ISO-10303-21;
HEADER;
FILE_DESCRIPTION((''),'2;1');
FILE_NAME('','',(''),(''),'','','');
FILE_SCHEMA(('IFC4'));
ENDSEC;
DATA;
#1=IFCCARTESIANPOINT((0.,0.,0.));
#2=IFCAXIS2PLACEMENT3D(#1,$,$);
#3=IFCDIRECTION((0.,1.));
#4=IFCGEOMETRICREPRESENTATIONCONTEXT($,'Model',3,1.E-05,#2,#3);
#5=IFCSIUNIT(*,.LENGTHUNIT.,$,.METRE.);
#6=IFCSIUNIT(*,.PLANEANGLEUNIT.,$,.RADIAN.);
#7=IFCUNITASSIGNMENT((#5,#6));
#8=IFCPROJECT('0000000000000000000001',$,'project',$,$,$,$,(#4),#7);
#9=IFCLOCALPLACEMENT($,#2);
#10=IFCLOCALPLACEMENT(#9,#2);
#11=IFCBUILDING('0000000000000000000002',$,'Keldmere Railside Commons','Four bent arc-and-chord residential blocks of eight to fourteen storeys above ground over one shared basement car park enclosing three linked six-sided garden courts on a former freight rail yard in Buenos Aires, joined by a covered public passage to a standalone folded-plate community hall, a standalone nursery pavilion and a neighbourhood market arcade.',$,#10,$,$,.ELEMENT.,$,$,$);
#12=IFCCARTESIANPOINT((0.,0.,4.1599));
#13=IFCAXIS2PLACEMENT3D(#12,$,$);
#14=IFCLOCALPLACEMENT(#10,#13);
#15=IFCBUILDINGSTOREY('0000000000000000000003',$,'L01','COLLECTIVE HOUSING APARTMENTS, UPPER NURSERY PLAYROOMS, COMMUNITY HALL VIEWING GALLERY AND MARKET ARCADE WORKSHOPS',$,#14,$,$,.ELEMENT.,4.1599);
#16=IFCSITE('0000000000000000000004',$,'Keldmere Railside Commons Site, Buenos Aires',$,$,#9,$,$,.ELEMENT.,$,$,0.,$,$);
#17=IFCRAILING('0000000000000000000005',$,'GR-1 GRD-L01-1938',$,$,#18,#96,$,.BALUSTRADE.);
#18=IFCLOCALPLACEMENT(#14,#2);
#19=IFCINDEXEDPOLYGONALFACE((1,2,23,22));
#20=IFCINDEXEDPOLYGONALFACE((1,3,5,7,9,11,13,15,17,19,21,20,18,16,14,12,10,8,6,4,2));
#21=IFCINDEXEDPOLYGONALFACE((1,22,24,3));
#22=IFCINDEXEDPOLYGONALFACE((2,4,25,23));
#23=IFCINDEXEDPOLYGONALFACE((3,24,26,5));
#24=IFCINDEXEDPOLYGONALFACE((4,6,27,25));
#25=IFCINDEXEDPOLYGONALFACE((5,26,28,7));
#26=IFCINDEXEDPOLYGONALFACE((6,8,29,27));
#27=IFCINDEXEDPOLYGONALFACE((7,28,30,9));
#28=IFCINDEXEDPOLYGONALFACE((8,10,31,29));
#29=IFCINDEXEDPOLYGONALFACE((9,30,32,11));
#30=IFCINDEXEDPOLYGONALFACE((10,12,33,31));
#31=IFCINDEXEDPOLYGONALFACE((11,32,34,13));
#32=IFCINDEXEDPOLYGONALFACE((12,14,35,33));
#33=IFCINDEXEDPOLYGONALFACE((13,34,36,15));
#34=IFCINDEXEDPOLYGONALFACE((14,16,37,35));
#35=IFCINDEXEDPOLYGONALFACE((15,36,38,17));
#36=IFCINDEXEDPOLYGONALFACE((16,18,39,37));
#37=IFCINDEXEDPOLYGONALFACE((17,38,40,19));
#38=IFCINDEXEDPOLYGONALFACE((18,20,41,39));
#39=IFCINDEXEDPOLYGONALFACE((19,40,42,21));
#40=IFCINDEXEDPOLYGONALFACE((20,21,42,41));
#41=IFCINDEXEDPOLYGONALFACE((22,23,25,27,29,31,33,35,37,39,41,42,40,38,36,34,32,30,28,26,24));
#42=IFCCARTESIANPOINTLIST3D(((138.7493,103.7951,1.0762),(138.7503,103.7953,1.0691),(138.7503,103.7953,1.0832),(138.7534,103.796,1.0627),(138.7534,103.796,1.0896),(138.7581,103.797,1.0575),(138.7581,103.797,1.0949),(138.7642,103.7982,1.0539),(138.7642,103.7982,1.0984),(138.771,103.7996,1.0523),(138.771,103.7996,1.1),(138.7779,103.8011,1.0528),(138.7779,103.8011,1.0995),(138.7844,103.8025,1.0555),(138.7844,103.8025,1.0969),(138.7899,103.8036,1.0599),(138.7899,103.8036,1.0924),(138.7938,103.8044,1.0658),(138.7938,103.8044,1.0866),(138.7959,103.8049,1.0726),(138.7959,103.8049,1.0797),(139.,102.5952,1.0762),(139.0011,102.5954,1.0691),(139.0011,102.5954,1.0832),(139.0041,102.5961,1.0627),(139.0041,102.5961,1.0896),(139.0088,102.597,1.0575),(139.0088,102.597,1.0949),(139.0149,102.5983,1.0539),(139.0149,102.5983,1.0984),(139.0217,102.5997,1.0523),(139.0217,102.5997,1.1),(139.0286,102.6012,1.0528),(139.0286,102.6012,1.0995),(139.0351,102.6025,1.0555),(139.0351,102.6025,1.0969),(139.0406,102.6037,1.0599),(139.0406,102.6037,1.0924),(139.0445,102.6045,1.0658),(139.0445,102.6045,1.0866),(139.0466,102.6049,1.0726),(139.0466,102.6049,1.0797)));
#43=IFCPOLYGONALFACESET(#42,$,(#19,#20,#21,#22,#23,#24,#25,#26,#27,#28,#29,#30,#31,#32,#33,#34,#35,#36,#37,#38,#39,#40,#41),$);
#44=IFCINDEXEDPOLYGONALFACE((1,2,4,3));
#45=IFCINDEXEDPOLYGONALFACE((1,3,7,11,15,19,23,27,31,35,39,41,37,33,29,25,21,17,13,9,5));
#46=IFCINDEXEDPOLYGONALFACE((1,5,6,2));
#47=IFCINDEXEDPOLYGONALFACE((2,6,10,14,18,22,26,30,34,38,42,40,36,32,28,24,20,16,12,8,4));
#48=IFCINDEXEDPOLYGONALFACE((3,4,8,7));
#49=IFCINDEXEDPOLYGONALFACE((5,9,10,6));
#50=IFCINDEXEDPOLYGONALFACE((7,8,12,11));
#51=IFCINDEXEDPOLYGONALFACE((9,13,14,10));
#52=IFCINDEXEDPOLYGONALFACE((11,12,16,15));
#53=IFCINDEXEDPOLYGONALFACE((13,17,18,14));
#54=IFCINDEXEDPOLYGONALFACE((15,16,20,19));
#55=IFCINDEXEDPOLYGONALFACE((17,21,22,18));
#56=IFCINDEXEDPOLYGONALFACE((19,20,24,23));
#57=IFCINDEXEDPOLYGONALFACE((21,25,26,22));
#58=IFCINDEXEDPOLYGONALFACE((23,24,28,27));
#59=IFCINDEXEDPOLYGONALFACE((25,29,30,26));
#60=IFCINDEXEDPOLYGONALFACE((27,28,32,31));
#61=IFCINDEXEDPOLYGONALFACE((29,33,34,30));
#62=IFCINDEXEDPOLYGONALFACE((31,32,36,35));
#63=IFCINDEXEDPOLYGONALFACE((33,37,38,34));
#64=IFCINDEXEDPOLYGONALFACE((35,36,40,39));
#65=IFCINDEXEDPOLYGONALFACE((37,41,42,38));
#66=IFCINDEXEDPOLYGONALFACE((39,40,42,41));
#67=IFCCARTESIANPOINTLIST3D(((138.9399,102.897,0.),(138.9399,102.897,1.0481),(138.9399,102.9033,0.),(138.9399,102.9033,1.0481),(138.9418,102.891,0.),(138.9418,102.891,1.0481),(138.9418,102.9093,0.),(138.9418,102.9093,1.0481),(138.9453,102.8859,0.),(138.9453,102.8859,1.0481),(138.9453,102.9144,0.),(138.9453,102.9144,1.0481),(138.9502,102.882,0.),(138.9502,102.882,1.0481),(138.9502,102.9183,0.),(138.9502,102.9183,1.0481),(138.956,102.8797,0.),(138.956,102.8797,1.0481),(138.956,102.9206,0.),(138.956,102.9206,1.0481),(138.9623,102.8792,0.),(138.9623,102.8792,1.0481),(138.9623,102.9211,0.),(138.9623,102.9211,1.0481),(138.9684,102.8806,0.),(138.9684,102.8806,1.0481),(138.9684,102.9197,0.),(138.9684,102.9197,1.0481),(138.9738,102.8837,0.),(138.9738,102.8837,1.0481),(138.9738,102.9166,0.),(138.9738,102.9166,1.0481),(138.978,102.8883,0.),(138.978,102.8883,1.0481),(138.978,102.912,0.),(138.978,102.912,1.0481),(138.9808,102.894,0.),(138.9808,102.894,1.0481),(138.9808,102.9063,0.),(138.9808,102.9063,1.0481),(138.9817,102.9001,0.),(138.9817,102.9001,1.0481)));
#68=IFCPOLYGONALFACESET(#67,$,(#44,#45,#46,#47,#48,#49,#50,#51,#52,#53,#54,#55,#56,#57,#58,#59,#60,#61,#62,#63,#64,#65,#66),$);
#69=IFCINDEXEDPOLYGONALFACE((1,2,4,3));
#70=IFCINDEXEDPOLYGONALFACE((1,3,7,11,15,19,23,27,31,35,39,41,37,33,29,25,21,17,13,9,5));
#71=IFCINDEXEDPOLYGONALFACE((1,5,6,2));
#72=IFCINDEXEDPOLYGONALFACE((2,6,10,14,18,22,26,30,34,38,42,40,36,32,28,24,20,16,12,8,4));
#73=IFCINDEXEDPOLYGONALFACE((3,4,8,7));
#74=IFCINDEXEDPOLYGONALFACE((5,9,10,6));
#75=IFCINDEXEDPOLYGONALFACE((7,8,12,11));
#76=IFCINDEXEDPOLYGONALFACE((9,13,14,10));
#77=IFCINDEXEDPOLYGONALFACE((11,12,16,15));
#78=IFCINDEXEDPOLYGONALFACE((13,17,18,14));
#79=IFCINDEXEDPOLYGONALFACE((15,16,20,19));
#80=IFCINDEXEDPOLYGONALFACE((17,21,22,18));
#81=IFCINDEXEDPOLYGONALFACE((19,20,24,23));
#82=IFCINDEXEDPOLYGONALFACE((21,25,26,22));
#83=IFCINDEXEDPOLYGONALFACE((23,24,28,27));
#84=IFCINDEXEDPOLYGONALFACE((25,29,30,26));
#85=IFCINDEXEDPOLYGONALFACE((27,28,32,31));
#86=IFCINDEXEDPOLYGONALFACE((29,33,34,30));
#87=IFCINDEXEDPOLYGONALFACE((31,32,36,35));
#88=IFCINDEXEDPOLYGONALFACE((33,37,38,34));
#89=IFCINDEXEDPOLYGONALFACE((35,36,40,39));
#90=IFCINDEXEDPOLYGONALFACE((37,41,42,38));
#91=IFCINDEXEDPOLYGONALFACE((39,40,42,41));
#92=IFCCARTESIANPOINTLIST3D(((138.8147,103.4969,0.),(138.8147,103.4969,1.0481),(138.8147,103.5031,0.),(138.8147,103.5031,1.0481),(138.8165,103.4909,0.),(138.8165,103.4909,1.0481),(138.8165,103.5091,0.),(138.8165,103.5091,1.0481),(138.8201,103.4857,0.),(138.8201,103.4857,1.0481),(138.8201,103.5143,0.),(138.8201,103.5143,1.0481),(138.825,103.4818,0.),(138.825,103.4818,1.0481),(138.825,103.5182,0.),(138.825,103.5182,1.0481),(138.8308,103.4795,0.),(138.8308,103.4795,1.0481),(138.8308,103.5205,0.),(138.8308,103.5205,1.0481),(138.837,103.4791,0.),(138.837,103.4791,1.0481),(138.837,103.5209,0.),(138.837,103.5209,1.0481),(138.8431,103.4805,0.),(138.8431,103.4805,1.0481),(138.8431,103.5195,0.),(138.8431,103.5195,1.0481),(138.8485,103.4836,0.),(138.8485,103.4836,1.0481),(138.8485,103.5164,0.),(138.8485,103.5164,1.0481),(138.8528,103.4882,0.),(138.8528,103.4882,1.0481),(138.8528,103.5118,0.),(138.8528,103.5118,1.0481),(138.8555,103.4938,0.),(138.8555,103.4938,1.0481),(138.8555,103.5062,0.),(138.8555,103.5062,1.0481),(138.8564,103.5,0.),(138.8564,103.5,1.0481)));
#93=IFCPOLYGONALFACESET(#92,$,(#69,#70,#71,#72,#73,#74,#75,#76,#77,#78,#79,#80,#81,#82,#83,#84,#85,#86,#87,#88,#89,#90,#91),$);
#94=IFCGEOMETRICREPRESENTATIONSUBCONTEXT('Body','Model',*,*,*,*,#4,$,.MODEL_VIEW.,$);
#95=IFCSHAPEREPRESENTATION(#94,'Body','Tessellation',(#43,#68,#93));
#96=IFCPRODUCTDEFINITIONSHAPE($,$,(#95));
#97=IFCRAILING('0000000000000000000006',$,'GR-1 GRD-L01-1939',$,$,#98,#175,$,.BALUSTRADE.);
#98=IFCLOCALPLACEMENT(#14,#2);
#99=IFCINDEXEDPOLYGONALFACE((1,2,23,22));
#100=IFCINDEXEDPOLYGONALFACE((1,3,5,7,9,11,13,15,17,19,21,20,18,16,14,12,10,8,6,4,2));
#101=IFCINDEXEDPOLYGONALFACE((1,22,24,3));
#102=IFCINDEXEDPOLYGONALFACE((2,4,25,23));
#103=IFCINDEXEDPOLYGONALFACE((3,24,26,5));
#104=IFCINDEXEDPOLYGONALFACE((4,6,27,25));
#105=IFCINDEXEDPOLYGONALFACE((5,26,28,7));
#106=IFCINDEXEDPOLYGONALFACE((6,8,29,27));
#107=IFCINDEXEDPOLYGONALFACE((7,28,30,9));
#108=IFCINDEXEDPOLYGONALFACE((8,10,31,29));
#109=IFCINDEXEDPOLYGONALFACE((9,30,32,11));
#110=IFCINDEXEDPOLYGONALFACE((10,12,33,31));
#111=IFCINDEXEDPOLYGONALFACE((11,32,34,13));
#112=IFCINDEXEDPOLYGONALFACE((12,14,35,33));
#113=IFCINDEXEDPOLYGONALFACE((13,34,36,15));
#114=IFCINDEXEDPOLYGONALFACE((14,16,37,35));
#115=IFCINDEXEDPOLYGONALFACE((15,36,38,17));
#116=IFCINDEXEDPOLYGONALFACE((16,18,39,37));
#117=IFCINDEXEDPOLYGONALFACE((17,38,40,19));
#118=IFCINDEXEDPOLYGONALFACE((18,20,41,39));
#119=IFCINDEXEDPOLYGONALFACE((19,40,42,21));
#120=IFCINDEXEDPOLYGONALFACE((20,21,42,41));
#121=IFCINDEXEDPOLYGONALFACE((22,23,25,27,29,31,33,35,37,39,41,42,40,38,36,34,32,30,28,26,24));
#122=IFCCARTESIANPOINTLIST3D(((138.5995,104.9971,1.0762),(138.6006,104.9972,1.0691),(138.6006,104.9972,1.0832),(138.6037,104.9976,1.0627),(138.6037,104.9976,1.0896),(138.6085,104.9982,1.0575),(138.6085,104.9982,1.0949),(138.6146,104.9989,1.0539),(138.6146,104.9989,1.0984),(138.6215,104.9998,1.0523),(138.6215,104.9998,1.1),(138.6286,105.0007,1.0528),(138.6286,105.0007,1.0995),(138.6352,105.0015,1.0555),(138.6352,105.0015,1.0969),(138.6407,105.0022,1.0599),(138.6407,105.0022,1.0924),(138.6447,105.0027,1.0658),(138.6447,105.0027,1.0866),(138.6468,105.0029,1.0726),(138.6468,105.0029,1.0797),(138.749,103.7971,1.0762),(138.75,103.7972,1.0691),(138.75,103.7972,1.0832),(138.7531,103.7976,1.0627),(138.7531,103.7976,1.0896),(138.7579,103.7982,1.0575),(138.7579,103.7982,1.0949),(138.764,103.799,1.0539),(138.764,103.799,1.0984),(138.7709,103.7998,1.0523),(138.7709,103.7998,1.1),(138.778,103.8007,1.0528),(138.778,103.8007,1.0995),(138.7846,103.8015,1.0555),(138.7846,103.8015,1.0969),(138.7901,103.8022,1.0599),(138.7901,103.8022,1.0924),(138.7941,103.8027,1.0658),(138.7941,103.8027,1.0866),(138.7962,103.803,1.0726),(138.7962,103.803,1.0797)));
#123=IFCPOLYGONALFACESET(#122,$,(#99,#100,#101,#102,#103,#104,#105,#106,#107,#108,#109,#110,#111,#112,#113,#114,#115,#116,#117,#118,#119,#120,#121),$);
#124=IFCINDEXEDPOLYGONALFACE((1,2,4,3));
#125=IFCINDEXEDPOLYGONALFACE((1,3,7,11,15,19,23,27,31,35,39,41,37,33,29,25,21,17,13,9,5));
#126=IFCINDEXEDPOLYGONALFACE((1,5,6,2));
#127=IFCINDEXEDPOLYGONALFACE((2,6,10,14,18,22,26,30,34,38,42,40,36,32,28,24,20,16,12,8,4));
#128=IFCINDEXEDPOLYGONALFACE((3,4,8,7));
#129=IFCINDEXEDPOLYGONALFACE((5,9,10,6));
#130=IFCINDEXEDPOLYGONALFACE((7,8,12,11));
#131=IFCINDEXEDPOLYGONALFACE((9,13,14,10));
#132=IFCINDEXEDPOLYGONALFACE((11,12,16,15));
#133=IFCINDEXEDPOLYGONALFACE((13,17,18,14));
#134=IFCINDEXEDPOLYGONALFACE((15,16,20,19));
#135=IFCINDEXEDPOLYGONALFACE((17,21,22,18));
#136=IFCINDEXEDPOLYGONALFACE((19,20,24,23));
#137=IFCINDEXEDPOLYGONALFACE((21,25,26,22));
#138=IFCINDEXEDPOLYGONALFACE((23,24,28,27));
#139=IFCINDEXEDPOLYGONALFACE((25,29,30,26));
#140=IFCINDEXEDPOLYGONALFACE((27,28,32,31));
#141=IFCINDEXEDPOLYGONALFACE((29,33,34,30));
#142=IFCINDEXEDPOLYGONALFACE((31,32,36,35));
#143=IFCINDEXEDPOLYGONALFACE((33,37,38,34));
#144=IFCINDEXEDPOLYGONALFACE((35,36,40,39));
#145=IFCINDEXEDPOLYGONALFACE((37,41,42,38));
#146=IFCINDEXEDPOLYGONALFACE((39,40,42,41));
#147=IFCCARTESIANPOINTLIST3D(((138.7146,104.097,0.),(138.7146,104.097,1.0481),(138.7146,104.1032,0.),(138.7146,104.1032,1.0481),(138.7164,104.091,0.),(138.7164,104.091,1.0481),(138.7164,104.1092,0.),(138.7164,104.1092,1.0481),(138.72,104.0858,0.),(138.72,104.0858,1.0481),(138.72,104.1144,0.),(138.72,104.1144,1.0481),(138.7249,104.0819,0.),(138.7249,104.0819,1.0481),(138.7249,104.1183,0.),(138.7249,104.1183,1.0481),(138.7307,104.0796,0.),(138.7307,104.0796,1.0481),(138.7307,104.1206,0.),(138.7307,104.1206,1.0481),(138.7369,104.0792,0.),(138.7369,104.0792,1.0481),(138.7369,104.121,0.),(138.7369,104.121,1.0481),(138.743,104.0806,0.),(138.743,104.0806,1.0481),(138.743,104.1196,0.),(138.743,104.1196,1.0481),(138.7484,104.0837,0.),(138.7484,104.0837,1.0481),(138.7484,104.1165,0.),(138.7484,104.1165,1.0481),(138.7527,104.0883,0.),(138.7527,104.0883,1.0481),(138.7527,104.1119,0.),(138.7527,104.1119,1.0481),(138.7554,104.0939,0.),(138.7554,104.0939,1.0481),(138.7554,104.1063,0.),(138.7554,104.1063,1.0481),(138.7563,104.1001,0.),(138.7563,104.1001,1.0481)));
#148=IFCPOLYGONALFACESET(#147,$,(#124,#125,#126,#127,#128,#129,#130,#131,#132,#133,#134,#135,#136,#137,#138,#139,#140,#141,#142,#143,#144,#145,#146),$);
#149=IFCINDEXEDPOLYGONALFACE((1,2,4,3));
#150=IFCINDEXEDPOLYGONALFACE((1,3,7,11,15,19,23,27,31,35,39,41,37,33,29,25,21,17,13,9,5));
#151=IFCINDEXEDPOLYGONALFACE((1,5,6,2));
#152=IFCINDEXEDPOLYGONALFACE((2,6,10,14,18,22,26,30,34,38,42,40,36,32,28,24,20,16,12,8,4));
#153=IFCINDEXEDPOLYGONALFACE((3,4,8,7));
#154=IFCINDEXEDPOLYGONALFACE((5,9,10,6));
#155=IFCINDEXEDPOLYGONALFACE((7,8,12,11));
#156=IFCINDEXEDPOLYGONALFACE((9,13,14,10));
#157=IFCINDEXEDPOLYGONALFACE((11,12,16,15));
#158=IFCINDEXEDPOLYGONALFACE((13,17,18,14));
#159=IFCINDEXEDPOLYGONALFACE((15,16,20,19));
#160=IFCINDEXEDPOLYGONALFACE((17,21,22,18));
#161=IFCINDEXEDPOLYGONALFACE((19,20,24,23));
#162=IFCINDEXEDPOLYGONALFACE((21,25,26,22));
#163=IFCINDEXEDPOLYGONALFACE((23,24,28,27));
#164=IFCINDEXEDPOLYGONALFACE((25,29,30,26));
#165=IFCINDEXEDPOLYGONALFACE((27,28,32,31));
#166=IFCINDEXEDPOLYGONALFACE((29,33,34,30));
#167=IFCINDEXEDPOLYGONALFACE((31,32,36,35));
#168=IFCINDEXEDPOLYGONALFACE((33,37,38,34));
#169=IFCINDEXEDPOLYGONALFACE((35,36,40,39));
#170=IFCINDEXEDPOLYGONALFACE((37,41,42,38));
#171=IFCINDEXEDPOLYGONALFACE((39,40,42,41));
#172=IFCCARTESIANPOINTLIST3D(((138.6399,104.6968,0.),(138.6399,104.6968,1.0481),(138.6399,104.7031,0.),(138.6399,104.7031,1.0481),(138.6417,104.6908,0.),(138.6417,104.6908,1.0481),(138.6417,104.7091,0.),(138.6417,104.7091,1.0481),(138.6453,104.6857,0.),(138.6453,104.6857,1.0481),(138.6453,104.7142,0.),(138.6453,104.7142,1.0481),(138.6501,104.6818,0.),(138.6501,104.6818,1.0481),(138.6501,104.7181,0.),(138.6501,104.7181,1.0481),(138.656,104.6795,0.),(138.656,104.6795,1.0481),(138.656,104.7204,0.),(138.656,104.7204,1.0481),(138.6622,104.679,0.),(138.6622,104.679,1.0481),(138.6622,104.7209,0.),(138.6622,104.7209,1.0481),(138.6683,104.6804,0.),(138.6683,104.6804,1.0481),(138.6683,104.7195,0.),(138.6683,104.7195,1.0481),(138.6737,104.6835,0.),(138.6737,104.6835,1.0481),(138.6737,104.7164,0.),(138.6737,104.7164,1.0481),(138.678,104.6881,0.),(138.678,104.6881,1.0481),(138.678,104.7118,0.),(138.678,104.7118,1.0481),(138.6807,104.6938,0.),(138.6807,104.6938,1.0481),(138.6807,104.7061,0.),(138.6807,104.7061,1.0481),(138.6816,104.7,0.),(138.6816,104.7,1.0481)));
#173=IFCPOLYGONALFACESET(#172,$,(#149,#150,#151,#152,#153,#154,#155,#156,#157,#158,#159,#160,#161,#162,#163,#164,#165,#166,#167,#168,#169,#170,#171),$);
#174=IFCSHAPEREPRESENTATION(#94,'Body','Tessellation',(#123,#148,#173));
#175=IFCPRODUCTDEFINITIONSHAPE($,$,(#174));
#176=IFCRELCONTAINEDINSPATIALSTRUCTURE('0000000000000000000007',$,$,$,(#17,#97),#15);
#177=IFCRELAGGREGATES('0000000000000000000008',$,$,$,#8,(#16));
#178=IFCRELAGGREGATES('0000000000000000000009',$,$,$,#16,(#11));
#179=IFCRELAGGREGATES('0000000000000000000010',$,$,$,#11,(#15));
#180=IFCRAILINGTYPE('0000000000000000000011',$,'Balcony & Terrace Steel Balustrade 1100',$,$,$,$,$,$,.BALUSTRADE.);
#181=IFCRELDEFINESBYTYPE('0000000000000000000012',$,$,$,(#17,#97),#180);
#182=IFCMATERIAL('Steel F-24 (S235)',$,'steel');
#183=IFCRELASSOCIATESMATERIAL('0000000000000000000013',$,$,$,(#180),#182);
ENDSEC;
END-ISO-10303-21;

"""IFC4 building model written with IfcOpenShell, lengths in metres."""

from ifc_helpers import new_model, si_unit, direction, frame, origin, origin_2d, place, context, subcontext, project, spatial, circle, extrude, material, type_object, element, save


model = new_model("IFC4")

# Units and contexts
model_context = context("Model", 3, precision=1e-05, world=origin(), true_north=direction((0.0, 1.0)))
body_context = subcontext(model_context, "Body", "Model", "MODEL_VIEW")
ifc_project = project(units=[si_unit("LENGTHUNIT", "METRE"), si_unit("PLANEANGLEUNIT", "RADIAN")], contexts=[model_context])

# Site, building, storey
site_placement = place(None, origin())
site = spatial("IfcSite", under=ifc_project, at=site_placement, Name="Keldmere Railside Commons Site, Buenos Aires", CompositionType="ELEMENT", RefElevation=0.0)
building_placement = place(site_placement, origin())
building = spatial("IfcBuilding", under=site, at=building_placement, Name="Keldmere Railside Commons", Description="Four bent arc-and-chord residential blocks of eight to fourteen storeys above ground over one shared basement car park enclosing three linked six-sided garden courts on a former freight rail yard in Buenos Aires, joined by a covered public passage to a standalone folded-plate community hall, a standalone nursery pavilion and a neighbourhood market arcade.", CompositionType="ELEMENT")
storey_placement = place(building_placement, frame((0.0, 0.0, 4.1599)))
storey = spatial("IfcBuildingStorey", under=building, at=storey_placement, Name="L01", Description="COLLECTIVE HOUSING APARTMENTS, UPPER NURSERY PLAYROOMS, COMMUNITY HALL VIEWING GALLERY AND MARKET ARCADE WORKSHOPS", CompositionType="ELEMENT", Elevation=4.1599)

# Railings
ifc_material_1 = material(Name="Steel F-24 (S235)", Category="steel")
railing_type_1 = type_object("IfcRailingType", Name="Balcony & Terrace Steel Balustrade 1100", PredefinedType="BALUSTRADE", material=ifc_material_1)
railing_1_placement = place(storey_placement, frame((139.0234, 102.6001, 0.0)))
element("IfcRailing", 1, at=railing_1_placement, inside=storey, type_object=railing_type_1, Name="GR-1 GRD-L01-1938", PredefinedType="BALUSTRADE", context=body_context, shape_type="SweptSolid", body=[
    extrude(circle(Radius=0.0239, at=origin_2d()), frame((0.0, 0.0, 1.0762), z_axis=(-0.204535, 0.978859, 0.0), x_axis=(-0.978859, -0.204535, 0.0)), (0.0, 0.0, 1.0), 1.2258),
    extrude(circle(Radius=0.021, at=origin_2d()), frame((-0.0627, 0.3, 0.0)), (0.0, 0.0, 1.0), 1.0481),
    extrude(circle(Radius=0.021, at=origin_2d()), frame((-0.188, 0.8999, 0.0)), (0.0, 0.0, 1.0), 1.0481),
])
railing_2_placement = place(storey_placement, frame((138.7727, 103.8, 0.0)))
element("IfcRailing", 2, at=railing_2_placement, inside=storey, type_object=railing_type_1, Name="GR-1 GRD-L01-1939", PredefinedType="BALUSTRADE", context=body_context, shape_type="SweptSolid", body=[
    extrude(circle(Radius=0.0239, at=origin_2d()), frame((0.0, 0.0, 1.0762), z_axis=(-0.123563, 0.992337, 0.0), x_axis=(-0.992337, -0.123563, 0.0)), (0.0, 0.0, 1.0), 1.2092),
    extrude(circle(Radius=0.021, at=origin_2d()), frame((-0.0374, 0.3, 0.0)), (0.0, 0.0, 1.0), 1.0481),
    extrude(circle(Radius=0.021, at=origin_2d()), frame((-0.1121, 0.8999, 0.0)), (0.0, 0.0, 1.0), 1.0481),
])

save(model, "model.ifc")
